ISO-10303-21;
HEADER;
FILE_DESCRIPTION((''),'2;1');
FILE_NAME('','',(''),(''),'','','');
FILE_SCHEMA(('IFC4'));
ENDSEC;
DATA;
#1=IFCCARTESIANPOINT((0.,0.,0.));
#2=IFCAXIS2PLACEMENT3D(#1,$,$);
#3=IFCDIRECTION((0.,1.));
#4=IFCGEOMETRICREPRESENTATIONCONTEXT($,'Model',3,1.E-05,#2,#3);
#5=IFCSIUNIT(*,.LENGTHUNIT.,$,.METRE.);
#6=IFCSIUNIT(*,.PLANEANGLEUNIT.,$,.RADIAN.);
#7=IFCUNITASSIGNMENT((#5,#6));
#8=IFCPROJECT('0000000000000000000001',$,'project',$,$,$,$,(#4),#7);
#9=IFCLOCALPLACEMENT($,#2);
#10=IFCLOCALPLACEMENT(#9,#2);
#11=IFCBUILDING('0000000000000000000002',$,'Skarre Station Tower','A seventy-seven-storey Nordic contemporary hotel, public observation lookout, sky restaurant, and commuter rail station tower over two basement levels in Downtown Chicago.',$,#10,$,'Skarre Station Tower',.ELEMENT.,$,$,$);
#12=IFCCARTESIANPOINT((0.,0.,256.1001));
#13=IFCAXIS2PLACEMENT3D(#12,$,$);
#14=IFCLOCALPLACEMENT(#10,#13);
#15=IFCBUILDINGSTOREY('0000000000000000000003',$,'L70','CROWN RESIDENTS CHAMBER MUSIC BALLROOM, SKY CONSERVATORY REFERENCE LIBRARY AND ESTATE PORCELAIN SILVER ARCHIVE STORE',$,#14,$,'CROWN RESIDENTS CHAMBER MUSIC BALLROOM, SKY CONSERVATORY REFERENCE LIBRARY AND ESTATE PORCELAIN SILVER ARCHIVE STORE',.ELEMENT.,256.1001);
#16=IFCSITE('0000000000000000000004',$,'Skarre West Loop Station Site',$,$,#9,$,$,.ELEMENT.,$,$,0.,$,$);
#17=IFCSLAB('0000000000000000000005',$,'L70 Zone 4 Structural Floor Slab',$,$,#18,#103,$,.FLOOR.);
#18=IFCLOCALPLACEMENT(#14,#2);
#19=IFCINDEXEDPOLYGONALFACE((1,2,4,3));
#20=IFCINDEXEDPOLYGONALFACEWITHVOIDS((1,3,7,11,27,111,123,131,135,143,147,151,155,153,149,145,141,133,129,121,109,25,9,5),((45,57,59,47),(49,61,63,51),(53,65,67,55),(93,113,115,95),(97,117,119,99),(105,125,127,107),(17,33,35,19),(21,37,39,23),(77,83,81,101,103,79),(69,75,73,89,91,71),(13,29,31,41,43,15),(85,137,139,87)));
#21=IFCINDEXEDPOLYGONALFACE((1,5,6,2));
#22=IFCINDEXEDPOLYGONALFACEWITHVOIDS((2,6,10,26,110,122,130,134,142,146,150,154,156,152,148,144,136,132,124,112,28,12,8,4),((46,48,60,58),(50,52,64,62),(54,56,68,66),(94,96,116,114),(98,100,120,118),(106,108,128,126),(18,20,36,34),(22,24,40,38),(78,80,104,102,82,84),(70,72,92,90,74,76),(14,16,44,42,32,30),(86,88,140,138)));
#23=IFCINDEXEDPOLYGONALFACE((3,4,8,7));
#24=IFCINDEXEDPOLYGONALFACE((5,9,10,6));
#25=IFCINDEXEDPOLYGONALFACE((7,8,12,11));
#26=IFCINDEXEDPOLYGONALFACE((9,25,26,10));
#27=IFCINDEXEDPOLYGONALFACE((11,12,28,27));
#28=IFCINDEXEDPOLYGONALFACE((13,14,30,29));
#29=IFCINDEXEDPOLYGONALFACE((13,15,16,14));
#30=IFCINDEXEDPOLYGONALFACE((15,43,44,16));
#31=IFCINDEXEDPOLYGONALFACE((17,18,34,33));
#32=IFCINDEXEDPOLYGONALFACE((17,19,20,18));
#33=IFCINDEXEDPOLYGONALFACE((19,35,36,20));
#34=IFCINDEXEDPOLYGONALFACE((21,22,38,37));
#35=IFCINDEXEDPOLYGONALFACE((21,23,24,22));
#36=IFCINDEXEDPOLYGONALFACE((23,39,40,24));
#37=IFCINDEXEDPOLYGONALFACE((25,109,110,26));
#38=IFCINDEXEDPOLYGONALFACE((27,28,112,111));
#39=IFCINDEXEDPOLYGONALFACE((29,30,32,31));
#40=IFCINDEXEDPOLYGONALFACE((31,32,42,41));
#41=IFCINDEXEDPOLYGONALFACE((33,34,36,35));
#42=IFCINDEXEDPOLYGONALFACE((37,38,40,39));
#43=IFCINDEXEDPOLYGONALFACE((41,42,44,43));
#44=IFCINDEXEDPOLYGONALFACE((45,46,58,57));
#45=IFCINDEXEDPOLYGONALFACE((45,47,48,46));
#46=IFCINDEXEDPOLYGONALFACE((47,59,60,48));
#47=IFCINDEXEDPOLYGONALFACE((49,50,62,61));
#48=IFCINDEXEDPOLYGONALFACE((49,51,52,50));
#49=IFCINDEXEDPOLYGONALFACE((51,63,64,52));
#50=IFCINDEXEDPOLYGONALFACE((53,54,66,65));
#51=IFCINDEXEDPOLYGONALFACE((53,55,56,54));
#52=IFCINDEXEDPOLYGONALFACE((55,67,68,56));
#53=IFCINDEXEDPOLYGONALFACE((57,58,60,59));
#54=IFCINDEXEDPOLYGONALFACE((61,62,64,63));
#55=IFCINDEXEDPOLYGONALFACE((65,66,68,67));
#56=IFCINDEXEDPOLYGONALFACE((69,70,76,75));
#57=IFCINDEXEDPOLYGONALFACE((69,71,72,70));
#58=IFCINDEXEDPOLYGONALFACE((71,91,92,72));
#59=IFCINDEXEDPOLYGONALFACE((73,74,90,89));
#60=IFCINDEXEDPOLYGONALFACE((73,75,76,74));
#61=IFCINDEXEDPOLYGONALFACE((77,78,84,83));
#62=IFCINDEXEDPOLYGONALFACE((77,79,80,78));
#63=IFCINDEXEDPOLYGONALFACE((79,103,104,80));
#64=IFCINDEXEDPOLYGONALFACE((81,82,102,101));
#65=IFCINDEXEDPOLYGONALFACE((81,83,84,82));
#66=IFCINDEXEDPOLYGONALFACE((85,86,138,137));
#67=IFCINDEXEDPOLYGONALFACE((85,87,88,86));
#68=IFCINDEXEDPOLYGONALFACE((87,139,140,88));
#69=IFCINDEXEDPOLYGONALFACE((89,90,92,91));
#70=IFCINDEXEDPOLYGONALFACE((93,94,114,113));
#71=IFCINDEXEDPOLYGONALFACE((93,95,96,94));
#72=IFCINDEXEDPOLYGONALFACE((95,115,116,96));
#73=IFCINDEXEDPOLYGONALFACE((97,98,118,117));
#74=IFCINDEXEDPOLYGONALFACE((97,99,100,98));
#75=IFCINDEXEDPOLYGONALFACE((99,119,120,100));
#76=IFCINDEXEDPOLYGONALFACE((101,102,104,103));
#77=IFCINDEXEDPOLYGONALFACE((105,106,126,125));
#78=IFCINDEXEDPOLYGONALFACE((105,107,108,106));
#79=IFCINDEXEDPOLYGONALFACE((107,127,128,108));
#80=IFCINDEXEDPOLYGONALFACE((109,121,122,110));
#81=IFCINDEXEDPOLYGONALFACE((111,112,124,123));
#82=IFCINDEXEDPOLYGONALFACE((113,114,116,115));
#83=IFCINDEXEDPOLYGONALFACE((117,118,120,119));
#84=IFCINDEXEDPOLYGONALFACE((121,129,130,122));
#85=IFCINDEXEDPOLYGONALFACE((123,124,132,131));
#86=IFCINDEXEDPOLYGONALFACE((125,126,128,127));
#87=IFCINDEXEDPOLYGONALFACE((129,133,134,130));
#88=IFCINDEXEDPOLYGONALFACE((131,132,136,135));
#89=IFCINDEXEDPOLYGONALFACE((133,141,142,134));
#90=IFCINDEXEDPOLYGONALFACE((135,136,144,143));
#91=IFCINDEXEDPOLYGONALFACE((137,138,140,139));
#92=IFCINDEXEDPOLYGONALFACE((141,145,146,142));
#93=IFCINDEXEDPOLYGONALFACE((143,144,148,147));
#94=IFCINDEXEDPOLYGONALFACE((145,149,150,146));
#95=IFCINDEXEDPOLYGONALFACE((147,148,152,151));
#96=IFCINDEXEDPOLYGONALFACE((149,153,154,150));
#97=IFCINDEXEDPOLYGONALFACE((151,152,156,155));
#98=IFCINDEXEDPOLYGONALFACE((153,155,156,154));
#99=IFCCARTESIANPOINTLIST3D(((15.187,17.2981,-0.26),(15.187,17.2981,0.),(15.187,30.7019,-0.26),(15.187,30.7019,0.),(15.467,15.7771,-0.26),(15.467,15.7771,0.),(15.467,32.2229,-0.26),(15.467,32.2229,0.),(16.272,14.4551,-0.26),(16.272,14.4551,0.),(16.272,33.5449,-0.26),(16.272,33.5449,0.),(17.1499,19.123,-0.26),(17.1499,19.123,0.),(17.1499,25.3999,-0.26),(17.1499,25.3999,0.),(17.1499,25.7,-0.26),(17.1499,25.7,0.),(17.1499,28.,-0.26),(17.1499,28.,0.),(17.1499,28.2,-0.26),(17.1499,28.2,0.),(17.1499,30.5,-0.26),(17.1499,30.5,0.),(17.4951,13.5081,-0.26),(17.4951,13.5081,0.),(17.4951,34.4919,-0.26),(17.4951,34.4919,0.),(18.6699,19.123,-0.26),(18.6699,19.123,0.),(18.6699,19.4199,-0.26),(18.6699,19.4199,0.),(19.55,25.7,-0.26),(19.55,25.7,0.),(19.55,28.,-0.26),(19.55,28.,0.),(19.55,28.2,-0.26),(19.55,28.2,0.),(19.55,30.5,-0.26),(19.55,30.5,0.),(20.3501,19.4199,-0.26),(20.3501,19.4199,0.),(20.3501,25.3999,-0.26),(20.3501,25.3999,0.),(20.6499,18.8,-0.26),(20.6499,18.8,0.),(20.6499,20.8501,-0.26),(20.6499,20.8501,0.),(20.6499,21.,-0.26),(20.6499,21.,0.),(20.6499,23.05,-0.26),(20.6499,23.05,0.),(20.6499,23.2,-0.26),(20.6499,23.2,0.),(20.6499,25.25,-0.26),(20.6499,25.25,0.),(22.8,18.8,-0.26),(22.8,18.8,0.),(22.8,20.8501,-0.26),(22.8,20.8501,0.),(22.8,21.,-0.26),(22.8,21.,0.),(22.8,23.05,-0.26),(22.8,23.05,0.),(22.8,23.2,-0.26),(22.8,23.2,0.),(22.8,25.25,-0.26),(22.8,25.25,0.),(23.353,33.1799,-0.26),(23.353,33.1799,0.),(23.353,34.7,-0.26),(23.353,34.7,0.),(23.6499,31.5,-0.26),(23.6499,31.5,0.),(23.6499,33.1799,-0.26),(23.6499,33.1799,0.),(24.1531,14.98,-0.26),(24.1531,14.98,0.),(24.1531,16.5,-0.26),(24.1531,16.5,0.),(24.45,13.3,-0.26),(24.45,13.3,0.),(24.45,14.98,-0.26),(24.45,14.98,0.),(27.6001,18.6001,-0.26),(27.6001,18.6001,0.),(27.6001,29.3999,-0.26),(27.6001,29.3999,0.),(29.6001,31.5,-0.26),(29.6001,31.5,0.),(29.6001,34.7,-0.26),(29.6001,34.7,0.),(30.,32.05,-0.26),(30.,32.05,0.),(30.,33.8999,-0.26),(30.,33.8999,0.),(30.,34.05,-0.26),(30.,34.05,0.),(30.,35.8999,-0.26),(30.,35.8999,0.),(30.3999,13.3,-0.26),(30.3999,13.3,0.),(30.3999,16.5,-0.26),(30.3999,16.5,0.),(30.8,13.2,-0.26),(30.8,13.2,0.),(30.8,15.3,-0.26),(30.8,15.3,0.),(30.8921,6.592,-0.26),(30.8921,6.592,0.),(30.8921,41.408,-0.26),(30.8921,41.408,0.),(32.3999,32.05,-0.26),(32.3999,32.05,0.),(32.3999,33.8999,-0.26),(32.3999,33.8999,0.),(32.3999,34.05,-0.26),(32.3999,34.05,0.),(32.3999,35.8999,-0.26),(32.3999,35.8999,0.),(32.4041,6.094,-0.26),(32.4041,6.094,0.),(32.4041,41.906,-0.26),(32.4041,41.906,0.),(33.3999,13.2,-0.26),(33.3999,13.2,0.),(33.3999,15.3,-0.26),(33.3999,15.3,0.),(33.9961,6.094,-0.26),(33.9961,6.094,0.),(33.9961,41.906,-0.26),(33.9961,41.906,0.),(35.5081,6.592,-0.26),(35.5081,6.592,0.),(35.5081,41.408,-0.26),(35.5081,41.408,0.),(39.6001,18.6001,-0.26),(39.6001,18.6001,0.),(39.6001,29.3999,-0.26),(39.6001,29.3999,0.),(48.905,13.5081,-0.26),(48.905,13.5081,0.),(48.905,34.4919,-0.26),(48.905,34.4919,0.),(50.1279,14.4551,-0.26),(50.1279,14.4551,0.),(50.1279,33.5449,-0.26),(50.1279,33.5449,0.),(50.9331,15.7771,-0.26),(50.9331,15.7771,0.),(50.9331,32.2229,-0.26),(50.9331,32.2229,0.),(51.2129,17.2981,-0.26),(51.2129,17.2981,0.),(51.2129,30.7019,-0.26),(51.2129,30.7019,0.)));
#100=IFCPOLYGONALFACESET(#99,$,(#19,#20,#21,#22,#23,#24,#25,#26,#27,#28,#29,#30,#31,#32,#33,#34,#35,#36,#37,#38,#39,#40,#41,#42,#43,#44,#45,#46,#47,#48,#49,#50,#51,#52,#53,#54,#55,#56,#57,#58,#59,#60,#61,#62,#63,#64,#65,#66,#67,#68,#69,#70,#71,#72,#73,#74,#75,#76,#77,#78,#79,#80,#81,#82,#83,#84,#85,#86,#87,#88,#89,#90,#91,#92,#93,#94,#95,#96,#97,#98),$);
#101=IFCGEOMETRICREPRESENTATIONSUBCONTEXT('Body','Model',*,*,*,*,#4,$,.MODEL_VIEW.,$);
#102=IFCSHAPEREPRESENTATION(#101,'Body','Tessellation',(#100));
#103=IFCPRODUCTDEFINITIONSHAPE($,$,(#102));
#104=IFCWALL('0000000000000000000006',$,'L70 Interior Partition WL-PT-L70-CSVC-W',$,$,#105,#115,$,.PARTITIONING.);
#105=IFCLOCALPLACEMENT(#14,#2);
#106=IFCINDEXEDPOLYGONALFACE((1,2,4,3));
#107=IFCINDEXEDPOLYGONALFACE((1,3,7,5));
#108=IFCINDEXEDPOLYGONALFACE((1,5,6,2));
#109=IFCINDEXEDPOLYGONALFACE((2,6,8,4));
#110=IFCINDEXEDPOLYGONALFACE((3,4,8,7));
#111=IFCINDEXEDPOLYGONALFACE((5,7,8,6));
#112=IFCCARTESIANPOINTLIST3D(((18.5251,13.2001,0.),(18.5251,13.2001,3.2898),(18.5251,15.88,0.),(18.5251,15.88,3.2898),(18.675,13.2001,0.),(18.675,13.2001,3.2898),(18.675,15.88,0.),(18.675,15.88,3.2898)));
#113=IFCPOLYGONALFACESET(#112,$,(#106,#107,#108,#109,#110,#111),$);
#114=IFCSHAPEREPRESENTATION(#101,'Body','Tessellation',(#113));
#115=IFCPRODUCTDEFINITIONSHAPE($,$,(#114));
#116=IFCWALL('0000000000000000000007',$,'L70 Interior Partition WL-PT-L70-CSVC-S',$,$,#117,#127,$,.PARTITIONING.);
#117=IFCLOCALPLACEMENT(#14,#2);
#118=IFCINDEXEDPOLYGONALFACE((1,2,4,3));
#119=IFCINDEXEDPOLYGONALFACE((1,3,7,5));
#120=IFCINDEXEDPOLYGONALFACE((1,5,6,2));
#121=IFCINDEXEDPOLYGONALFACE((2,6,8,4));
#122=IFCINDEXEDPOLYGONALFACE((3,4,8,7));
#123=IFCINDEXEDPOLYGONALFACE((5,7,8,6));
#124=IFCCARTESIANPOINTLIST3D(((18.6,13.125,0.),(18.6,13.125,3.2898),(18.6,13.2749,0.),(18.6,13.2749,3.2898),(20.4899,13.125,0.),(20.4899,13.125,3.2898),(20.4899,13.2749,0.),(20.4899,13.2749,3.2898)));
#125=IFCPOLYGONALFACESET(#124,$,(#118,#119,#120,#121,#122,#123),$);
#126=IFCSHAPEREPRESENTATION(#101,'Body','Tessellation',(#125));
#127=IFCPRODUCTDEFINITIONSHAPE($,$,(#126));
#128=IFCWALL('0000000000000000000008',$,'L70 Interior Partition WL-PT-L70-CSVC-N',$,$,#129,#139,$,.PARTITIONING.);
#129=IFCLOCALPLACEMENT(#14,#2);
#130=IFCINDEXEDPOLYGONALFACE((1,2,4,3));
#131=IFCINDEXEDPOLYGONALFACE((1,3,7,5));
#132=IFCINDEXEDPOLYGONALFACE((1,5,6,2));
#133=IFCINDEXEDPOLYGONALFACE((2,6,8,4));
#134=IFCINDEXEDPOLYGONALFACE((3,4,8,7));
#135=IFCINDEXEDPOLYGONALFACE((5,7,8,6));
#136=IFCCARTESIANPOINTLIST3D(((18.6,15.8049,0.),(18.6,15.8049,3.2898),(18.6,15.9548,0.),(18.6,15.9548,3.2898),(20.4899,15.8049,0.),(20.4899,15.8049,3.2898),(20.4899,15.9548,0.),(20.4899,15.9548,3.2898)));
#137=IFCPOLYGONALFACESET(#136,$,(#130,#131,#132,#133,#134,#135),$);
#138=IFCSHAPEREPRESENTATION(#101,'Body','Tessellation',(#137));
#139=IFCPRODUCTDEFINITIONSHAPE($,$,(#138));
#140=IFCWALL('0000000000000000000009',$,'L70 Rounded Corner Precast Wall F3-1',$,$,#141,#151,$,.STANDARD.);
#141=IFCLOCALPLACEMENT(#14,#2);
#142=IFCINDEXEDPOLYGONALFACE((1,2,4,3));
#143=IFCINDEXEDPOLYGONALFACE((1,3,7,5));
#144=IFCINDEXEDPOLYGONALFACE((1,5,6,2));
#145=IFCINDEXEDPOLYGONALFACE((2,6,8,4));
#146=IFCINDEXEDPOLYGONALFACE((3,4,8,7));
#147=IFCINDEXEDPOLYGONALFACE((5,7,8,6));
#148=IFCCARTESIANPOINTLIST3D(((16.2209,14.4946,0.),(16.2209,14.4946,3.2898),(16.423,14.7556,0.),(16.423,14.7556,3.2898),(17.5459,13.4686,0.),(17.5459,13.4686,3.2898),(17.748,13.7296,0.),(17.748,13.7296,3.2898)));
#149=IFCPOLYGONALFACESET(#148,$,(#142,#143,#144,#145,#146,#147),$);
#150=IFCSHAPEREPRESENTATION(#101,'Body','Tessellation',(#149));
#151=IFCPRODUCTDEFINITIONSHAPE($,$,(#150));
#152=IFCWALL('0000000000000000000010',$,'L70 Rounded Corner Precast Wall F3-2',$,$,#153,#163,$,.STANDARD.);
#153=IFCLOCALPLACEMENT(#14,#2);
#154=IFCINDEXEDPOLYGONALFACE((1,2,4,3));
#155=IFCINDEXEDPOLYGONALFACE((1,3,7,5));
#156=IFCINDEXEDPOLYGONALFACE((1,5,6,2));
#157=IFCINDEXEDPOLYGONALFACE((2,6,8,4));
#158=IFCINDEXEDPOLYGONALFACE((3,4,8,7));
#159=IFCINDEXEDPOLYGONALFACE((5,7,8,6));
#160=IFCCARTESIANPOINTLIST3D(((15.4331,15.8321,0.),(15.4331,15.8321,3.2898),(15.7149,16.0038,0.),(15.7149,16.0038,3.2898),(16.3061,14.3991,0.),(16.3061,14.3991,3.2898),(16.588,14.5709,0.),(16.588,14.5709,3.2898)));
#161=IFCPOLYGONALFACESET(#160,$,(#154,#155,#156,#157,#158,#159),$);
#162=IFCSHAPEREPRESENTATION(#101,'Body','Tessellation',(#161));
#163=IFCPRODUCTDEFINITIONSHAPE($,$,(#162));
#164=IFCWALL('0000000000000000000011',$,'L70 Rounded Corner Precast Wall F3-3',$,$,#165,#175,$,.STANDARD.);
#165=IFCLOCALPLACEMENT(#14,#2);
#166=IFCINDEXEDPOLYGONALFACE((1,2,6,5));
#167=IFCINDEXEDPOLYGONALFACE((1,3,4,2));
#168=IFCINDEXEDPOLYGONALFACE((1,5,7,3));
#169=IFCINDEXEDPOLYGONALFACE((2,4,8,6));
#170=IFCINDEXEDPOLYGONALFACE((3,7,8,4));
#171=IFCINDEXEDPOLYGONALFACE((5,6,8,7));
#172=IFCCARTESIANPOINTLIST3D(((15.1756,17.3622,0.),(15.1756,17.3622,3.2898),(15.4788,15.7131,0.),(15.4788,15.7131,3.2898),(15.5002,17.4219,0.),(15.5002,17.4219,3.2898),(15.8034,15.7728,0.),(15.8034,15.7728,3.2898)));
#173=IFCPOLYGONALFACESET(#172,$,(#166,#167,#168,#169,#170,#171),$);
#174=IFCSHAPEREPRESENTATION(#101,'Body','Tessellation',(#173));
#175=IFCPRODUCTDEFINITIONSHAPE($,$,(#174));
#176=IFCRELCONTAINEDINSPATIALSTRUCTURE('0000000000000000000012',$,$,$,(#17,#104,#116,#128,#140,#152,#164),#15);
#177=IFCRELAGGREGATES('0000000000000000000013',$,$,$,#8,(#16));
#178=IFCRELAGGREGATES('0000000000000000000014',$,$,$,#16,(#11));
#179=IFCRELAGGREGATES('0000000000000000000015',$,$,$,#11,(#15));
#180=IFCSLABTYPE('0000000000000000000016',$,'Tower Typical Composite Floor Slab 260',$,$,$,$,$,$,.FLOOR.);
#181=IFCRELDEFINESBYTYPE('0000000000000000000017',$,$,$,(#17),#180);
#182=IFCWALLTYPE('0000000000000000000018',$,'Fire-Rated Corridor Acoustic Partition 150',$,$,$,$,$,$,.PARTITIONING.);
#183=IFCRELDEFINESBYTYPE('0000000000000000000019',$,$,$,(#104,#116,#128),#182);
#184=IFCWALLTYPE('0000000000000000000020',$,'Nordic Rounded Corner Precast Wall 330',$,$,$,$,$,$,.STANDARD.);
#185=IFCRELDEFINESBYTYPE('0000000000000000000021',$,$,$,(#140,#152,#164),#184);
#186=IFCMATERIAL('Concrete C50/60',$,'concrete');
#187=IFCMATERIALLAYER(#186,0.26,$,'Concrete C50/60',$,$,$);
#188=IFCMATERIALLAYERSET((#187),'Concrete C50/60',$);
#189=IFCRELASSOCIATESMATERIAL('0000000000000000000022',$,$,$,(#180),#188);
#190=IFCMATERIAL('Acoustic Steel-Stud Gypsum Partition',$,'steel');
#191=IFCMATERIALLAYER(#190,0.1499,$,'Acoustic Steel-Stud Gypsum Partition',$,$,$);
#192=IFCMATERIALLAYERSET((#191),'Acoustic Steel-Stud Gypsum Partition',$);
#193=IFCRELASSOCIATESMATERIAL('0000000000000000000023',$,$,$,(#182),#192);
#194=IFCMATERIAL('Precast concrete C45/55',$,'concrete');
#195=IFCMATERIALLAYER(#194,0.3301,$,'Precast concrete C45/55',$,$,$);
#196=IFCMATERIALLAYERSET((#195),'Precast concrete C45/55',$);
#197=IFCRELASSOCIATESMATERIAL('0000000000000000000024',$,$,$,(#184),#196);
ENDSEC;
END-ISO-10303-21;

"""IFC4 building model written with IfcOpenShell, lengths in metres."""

from ifc_helpers import new_model, si_unit, direction, frame, frame_2d, origin, place, context, subcontext, project, spatial, polyline, rectangle, outline, extrude, material, layer, layer_set, type_object, element, save


model = new_model("IFC4")

# Units and contexts
model_context = context("Model", 3, precision=1e-05, world=origin(), true_north=direction((0.0, 1.0)))
body_context = subcontext(model_context, "Body", "Model", "MODEL_VIEW")
ifc_project = project(units=[si_unit("LENGTHUNIT", "METRE"), si_unit("PLANEANGLEUNIT", "RADIAN")], contexts=[model_context])

# Site, building, storey
site_placement = place(None, origin())
site = spatial("IfcSite", under=ifc_project, at=site_placement, Name="Skarre West Loop Station Site", CompositionType="ELEMENT", RefElevation=0.0)
building_placement = place(site_placement, origin())
building = spatial("IfcBuilding", under=site, at=building_placement, Name="Skarre Station Tower", Description="A seventy-seven-storey Nordic contemporary hotel, public observation lookout, sky restaurant, and commuter rail station tower over two basement levels in Downtown Chicago.", LongName="Skarre Station Tower", CompositionType="ELEMENT")
storey_placement = place(building_placement, frame((0.0, 0.0, 256.1001)))
storey = spatial("IfcBuildingStorey", under=building, at=storey_placement, Name="L70", Description="CROWN RESIDENTS CHAMBER MUSIC BALLROOM, SKY CONSERVATORY REFERENCE LIBRARY AND ESTATE PORCELAIN SILVER ARCHIVE STORE", LongName="CROWN RESIDENTS CHAMBER MUSIC BALLROOM, SKY CONSERVATORY REFERENCE LIBRARY AND ESTATE PORCELAIN SILVER ARCHIVE STORE", CompositionType="ELEMENT", Elevation=256.1001)

# Slab
ifc_material_1 = material(Name="Concrete C50/60", Category="concrete")
ifc_layer_1 = layer(ifc_material_1, 0.26, Name="Concrete C50/60")
ifc_layer_set_1 = layer_set([ifc_layer_1], Name="Concrete C50/60")
slab_type_1 = type_object("IfcSlabType", Name="Tower Typical Composite Floor Slab 260", PredefinedType="FLOOR", material=ifc_layer_set_1)
slab_1_placement = place(storey_placement, frame((0.0, 0.0, -0.26)))
element("IfcSlab", 1, at=slab_1_placement, inside=storey, type_object=slab_type_1, Name="L70 Zone 4 Structural Floor Slab", PredefinedType="FLOOR", context=body_context, shape_type="SweptSolid", body=[
    extrude(outline(polyline([(51.2129, 30.7019), (50.9331, 32.2229), (50.1279, 33.5449), (48.905, 34.4919), (35.5081, 41.408), (33.9961, 41.906), (32.4041, 41.906), (30.8921, 41.408), (17.4951, 34.4919), (16.272, 33.5449), (15.467, 32.2229), (15.187, 30.7019), (15.187, 17.2981), (15.467, 15.7771), (16.272, 14.4551), (17.4951, 13.5081), (30.8921, 6.592), (32.4041, 6.094), (33.9961, 6.094), (35.5081, 6.592), (48.905, 13.5081), (50.1279, 14.4551), (50.9331, 15.7771), (51.2129, 17.2981), (51.2129, 30.7019)]), holes=[polyline([(18.6699, 19.4199), (18.6699, 19.123), (17.1499, 19.123), (17.1499, 25.3999), (20.3501, 25.3999), (20.3501, 19.4199), (18.6699, 19.4199)]), polyline([(24.45, 14.98), (24.1531, 14.98), (24.1531, 16.5), (30.3999, 16.5), (30.3999, 13.3), (24.45, 13.3), (24.45, 14.98)]), polyline([(23.6499, 33.1799), (23.353, 33.1799), (23.353, 34.7), (29.6001, 34.7), (29.6001, 31.5), (23.6499, 31.5), (23.6499, 33.1799)]), polyline([(17.1499, 28.0), (19.55, 28.0), (19.55, 25.7), (17.1499, 25.7), (17.1499, 28.0)]), polyline([(17.1499, 30.5), (19.55, 30.5), (19.55, 28.2), (17.1499, 28.2), (17.1499, 30.5)]), polyline([(30.8, 15.3), (33.3999, 15.3), (33.3999, 13.2), (30.8, 13.2), (30.8, 15.3)]), polyline([(20.6499, 20.8501), (22.8, 20.8501), (22.8, 18.8), (20.6499, 18.8), (20.6499, 20.8501)]), polyline([(20.6499, 23.05), (22.8, 23.05), (22.8, 21.0), (20.6499, 21.0), (20.6499, 23.05)]), polyline([(20.6499, 25.25), (22.8, 25.25), (22.8, 23.2), (20.6499, 23.2), (20.6499, 25.25)]), polyline([(30.0, 33.8999), (32.3999, 33.8999), (32.3999, 32.05), (30.0, 32.05), (30.0, 33.8999)]), polyline([(30.0, 35.8999), (32.3999, 35.8999), (32.3999, 34.05), (30.0, 34.05), (30.0, 35.8999)]), polyline([(27.6001, 29.3999), (39.6001, 29.3999), (39.6001, 18.6001), (27.6001, 18.6001), (27.6001, 29.3999)])]), origin(), (0.0, 0.0, 1.0), 0.26),
])

# Walls
ifc_material_2 = material(Name="Acoustic Steel-Stud Gypsum Partition", Category="steel")
ifc_layer_2 = layer(ifc_material_2, 0.1499, Name="Acoustic Steel-Stud Gypsum Partition")
ifc_layer_set_2 = layer_set([ifc_layer_2], Name="Acoustic Steel-Stud Gypsum Partition")
wall_type_1 = type_object("IfcWallType", Name="Fire-Rated Corridor Acoustic Partition 150", PredefinedType="PARTITIONING", material=ifc_layer_set_2)
wall_1_placement = place(storey_placement, frame((18.6001, 15.8799, 0.0), z_axis=(0.0, 0.0, 1.0), x_axis=(0.0, -1.0, 0.0)))
element("IfcWall", 2, at=wall_1_placement, inside=storey, type_object=wall_type_1, Name="L70 Interior Partition WL-PT-L70-CSVC-W", PredefinedType="PARTITIONING", context=body_context, shape_type="SweptSolid", body=[
    extrude(rectangle(XDim=2.6799, YDim=0.1499, at=frame_2d((1.3398, 0.0))), origin(), (0.0, 0.0, 1.0), 3.2898),
])
for number, where, z_axis, x_axis, name in (
    (3, (18.6001, 13.2, 0.0), (0.0, 0.0, 1.0), (1.0, 0.0, 0.0), "L70 Interior Partition WL-PT-L70-CSVC-S"),
    (4, (18.6001, 15.8799, 0.0), (0.0, 0.0, 1.0), (1.0, 0.0, 0.0), "L70 Interior Partition WL-PT-L70-CSVC-N"),
):
    element("IfcWall", number, at=place(storey_placement, frame(where, z_axis=z_axis, x_axis=x_axis)), inside=storey, type_object=wall_type_1, Name=name, PredefinedType="PARTITIONING", context=body_context, shape_type="SweptSolid", body=[
        extrude(rectangle(XDim=1.8899, YDim=0.1499, at=frame_2d((0.9448, 0.0))), origin(), (0.0, 0.0, 1.0), 3.2898),
    ])
ifc_material_3 = material(Name="Precast concrete C45/55", Category="concrete")
ifc_layer_3 = layer(ifc_material_3, 0.3301, Name="Precast concrete C45/55")
ifc_layer_set_3 = layer_set([ifc_layer_3], Name="Precast concrete C45/55")
wall_type_2 = type_object("IfcWallType", Name="Nordic Rounded Corner Precast Wall 330", PredefinedType="STANDARD", material=ifc_layer_set_3)
wall_2_placement = place(storey_placement, frame((17.647, 13.5991, 0.0), z_axis=(0.0, 0.0, 1.0), x_axis=(-0.790692, 0.612214, 0.0)))
element("IfcWall", 5, at=wall_2_placement, inside=storey, type_object=wall_type_2, Name="L70 Rounded Corner Precast Wall F3-1", PredefinedType="STANDARD", context=body_context, shape_type="SweptSolid", body=[
    extrude(rectangle(XDim=1.6758, YDim=0.3301, at=frame_2d((0.8379, 0.0))), origin(), (0.0, 0.0, 1.0), 3.2898),
])
wall_3_placement = place(storey_placement, frame((16.447, 14.4851, 0.0), z_axis=(0.0, 0.0, 1.0), x_axis=(-0.520325, 0.853968, 0.0)))
element("IfcWall", 6, at=wall_3_placement, inside=storey, type_object=wall_type_2, Name="L70 Rounded Corner Precast Wall F3-2", PredefinedType="STANDARD", context=body_context, shape_type="SweptSolid", body=[
    extrude(rectangle(XDim=1.678, YDim=0.3301, at=frame_2d((0.8389, 0.0))), origin(), (0.0, 0.0, 1.0), 3.2898),
])
wall_4_placement = place(storey_placement, frame((15.6411, 15.7429, 0.0), z_axis=(0.0, 0.0, 1.0), x_axis=(-0.180833, 0.983514, 0.0)))
element("IfcWall", 7, at=wall_4_placement, inside=storey, type_object=wall_type_2, Name="L70 Rounded Corner Precast Wall F3-3", PredefinedType="STANDARD", context=body_context, shape_type="SweptSolid", body=[
    extrude(rectangle(XDim=1.6768, YDim=0.3301, at=frame_2d((0.8384, 0.0))), origin(), (0.0, 0.0, 1.0), 3.2898),
])

save(model, "model.ifc")
